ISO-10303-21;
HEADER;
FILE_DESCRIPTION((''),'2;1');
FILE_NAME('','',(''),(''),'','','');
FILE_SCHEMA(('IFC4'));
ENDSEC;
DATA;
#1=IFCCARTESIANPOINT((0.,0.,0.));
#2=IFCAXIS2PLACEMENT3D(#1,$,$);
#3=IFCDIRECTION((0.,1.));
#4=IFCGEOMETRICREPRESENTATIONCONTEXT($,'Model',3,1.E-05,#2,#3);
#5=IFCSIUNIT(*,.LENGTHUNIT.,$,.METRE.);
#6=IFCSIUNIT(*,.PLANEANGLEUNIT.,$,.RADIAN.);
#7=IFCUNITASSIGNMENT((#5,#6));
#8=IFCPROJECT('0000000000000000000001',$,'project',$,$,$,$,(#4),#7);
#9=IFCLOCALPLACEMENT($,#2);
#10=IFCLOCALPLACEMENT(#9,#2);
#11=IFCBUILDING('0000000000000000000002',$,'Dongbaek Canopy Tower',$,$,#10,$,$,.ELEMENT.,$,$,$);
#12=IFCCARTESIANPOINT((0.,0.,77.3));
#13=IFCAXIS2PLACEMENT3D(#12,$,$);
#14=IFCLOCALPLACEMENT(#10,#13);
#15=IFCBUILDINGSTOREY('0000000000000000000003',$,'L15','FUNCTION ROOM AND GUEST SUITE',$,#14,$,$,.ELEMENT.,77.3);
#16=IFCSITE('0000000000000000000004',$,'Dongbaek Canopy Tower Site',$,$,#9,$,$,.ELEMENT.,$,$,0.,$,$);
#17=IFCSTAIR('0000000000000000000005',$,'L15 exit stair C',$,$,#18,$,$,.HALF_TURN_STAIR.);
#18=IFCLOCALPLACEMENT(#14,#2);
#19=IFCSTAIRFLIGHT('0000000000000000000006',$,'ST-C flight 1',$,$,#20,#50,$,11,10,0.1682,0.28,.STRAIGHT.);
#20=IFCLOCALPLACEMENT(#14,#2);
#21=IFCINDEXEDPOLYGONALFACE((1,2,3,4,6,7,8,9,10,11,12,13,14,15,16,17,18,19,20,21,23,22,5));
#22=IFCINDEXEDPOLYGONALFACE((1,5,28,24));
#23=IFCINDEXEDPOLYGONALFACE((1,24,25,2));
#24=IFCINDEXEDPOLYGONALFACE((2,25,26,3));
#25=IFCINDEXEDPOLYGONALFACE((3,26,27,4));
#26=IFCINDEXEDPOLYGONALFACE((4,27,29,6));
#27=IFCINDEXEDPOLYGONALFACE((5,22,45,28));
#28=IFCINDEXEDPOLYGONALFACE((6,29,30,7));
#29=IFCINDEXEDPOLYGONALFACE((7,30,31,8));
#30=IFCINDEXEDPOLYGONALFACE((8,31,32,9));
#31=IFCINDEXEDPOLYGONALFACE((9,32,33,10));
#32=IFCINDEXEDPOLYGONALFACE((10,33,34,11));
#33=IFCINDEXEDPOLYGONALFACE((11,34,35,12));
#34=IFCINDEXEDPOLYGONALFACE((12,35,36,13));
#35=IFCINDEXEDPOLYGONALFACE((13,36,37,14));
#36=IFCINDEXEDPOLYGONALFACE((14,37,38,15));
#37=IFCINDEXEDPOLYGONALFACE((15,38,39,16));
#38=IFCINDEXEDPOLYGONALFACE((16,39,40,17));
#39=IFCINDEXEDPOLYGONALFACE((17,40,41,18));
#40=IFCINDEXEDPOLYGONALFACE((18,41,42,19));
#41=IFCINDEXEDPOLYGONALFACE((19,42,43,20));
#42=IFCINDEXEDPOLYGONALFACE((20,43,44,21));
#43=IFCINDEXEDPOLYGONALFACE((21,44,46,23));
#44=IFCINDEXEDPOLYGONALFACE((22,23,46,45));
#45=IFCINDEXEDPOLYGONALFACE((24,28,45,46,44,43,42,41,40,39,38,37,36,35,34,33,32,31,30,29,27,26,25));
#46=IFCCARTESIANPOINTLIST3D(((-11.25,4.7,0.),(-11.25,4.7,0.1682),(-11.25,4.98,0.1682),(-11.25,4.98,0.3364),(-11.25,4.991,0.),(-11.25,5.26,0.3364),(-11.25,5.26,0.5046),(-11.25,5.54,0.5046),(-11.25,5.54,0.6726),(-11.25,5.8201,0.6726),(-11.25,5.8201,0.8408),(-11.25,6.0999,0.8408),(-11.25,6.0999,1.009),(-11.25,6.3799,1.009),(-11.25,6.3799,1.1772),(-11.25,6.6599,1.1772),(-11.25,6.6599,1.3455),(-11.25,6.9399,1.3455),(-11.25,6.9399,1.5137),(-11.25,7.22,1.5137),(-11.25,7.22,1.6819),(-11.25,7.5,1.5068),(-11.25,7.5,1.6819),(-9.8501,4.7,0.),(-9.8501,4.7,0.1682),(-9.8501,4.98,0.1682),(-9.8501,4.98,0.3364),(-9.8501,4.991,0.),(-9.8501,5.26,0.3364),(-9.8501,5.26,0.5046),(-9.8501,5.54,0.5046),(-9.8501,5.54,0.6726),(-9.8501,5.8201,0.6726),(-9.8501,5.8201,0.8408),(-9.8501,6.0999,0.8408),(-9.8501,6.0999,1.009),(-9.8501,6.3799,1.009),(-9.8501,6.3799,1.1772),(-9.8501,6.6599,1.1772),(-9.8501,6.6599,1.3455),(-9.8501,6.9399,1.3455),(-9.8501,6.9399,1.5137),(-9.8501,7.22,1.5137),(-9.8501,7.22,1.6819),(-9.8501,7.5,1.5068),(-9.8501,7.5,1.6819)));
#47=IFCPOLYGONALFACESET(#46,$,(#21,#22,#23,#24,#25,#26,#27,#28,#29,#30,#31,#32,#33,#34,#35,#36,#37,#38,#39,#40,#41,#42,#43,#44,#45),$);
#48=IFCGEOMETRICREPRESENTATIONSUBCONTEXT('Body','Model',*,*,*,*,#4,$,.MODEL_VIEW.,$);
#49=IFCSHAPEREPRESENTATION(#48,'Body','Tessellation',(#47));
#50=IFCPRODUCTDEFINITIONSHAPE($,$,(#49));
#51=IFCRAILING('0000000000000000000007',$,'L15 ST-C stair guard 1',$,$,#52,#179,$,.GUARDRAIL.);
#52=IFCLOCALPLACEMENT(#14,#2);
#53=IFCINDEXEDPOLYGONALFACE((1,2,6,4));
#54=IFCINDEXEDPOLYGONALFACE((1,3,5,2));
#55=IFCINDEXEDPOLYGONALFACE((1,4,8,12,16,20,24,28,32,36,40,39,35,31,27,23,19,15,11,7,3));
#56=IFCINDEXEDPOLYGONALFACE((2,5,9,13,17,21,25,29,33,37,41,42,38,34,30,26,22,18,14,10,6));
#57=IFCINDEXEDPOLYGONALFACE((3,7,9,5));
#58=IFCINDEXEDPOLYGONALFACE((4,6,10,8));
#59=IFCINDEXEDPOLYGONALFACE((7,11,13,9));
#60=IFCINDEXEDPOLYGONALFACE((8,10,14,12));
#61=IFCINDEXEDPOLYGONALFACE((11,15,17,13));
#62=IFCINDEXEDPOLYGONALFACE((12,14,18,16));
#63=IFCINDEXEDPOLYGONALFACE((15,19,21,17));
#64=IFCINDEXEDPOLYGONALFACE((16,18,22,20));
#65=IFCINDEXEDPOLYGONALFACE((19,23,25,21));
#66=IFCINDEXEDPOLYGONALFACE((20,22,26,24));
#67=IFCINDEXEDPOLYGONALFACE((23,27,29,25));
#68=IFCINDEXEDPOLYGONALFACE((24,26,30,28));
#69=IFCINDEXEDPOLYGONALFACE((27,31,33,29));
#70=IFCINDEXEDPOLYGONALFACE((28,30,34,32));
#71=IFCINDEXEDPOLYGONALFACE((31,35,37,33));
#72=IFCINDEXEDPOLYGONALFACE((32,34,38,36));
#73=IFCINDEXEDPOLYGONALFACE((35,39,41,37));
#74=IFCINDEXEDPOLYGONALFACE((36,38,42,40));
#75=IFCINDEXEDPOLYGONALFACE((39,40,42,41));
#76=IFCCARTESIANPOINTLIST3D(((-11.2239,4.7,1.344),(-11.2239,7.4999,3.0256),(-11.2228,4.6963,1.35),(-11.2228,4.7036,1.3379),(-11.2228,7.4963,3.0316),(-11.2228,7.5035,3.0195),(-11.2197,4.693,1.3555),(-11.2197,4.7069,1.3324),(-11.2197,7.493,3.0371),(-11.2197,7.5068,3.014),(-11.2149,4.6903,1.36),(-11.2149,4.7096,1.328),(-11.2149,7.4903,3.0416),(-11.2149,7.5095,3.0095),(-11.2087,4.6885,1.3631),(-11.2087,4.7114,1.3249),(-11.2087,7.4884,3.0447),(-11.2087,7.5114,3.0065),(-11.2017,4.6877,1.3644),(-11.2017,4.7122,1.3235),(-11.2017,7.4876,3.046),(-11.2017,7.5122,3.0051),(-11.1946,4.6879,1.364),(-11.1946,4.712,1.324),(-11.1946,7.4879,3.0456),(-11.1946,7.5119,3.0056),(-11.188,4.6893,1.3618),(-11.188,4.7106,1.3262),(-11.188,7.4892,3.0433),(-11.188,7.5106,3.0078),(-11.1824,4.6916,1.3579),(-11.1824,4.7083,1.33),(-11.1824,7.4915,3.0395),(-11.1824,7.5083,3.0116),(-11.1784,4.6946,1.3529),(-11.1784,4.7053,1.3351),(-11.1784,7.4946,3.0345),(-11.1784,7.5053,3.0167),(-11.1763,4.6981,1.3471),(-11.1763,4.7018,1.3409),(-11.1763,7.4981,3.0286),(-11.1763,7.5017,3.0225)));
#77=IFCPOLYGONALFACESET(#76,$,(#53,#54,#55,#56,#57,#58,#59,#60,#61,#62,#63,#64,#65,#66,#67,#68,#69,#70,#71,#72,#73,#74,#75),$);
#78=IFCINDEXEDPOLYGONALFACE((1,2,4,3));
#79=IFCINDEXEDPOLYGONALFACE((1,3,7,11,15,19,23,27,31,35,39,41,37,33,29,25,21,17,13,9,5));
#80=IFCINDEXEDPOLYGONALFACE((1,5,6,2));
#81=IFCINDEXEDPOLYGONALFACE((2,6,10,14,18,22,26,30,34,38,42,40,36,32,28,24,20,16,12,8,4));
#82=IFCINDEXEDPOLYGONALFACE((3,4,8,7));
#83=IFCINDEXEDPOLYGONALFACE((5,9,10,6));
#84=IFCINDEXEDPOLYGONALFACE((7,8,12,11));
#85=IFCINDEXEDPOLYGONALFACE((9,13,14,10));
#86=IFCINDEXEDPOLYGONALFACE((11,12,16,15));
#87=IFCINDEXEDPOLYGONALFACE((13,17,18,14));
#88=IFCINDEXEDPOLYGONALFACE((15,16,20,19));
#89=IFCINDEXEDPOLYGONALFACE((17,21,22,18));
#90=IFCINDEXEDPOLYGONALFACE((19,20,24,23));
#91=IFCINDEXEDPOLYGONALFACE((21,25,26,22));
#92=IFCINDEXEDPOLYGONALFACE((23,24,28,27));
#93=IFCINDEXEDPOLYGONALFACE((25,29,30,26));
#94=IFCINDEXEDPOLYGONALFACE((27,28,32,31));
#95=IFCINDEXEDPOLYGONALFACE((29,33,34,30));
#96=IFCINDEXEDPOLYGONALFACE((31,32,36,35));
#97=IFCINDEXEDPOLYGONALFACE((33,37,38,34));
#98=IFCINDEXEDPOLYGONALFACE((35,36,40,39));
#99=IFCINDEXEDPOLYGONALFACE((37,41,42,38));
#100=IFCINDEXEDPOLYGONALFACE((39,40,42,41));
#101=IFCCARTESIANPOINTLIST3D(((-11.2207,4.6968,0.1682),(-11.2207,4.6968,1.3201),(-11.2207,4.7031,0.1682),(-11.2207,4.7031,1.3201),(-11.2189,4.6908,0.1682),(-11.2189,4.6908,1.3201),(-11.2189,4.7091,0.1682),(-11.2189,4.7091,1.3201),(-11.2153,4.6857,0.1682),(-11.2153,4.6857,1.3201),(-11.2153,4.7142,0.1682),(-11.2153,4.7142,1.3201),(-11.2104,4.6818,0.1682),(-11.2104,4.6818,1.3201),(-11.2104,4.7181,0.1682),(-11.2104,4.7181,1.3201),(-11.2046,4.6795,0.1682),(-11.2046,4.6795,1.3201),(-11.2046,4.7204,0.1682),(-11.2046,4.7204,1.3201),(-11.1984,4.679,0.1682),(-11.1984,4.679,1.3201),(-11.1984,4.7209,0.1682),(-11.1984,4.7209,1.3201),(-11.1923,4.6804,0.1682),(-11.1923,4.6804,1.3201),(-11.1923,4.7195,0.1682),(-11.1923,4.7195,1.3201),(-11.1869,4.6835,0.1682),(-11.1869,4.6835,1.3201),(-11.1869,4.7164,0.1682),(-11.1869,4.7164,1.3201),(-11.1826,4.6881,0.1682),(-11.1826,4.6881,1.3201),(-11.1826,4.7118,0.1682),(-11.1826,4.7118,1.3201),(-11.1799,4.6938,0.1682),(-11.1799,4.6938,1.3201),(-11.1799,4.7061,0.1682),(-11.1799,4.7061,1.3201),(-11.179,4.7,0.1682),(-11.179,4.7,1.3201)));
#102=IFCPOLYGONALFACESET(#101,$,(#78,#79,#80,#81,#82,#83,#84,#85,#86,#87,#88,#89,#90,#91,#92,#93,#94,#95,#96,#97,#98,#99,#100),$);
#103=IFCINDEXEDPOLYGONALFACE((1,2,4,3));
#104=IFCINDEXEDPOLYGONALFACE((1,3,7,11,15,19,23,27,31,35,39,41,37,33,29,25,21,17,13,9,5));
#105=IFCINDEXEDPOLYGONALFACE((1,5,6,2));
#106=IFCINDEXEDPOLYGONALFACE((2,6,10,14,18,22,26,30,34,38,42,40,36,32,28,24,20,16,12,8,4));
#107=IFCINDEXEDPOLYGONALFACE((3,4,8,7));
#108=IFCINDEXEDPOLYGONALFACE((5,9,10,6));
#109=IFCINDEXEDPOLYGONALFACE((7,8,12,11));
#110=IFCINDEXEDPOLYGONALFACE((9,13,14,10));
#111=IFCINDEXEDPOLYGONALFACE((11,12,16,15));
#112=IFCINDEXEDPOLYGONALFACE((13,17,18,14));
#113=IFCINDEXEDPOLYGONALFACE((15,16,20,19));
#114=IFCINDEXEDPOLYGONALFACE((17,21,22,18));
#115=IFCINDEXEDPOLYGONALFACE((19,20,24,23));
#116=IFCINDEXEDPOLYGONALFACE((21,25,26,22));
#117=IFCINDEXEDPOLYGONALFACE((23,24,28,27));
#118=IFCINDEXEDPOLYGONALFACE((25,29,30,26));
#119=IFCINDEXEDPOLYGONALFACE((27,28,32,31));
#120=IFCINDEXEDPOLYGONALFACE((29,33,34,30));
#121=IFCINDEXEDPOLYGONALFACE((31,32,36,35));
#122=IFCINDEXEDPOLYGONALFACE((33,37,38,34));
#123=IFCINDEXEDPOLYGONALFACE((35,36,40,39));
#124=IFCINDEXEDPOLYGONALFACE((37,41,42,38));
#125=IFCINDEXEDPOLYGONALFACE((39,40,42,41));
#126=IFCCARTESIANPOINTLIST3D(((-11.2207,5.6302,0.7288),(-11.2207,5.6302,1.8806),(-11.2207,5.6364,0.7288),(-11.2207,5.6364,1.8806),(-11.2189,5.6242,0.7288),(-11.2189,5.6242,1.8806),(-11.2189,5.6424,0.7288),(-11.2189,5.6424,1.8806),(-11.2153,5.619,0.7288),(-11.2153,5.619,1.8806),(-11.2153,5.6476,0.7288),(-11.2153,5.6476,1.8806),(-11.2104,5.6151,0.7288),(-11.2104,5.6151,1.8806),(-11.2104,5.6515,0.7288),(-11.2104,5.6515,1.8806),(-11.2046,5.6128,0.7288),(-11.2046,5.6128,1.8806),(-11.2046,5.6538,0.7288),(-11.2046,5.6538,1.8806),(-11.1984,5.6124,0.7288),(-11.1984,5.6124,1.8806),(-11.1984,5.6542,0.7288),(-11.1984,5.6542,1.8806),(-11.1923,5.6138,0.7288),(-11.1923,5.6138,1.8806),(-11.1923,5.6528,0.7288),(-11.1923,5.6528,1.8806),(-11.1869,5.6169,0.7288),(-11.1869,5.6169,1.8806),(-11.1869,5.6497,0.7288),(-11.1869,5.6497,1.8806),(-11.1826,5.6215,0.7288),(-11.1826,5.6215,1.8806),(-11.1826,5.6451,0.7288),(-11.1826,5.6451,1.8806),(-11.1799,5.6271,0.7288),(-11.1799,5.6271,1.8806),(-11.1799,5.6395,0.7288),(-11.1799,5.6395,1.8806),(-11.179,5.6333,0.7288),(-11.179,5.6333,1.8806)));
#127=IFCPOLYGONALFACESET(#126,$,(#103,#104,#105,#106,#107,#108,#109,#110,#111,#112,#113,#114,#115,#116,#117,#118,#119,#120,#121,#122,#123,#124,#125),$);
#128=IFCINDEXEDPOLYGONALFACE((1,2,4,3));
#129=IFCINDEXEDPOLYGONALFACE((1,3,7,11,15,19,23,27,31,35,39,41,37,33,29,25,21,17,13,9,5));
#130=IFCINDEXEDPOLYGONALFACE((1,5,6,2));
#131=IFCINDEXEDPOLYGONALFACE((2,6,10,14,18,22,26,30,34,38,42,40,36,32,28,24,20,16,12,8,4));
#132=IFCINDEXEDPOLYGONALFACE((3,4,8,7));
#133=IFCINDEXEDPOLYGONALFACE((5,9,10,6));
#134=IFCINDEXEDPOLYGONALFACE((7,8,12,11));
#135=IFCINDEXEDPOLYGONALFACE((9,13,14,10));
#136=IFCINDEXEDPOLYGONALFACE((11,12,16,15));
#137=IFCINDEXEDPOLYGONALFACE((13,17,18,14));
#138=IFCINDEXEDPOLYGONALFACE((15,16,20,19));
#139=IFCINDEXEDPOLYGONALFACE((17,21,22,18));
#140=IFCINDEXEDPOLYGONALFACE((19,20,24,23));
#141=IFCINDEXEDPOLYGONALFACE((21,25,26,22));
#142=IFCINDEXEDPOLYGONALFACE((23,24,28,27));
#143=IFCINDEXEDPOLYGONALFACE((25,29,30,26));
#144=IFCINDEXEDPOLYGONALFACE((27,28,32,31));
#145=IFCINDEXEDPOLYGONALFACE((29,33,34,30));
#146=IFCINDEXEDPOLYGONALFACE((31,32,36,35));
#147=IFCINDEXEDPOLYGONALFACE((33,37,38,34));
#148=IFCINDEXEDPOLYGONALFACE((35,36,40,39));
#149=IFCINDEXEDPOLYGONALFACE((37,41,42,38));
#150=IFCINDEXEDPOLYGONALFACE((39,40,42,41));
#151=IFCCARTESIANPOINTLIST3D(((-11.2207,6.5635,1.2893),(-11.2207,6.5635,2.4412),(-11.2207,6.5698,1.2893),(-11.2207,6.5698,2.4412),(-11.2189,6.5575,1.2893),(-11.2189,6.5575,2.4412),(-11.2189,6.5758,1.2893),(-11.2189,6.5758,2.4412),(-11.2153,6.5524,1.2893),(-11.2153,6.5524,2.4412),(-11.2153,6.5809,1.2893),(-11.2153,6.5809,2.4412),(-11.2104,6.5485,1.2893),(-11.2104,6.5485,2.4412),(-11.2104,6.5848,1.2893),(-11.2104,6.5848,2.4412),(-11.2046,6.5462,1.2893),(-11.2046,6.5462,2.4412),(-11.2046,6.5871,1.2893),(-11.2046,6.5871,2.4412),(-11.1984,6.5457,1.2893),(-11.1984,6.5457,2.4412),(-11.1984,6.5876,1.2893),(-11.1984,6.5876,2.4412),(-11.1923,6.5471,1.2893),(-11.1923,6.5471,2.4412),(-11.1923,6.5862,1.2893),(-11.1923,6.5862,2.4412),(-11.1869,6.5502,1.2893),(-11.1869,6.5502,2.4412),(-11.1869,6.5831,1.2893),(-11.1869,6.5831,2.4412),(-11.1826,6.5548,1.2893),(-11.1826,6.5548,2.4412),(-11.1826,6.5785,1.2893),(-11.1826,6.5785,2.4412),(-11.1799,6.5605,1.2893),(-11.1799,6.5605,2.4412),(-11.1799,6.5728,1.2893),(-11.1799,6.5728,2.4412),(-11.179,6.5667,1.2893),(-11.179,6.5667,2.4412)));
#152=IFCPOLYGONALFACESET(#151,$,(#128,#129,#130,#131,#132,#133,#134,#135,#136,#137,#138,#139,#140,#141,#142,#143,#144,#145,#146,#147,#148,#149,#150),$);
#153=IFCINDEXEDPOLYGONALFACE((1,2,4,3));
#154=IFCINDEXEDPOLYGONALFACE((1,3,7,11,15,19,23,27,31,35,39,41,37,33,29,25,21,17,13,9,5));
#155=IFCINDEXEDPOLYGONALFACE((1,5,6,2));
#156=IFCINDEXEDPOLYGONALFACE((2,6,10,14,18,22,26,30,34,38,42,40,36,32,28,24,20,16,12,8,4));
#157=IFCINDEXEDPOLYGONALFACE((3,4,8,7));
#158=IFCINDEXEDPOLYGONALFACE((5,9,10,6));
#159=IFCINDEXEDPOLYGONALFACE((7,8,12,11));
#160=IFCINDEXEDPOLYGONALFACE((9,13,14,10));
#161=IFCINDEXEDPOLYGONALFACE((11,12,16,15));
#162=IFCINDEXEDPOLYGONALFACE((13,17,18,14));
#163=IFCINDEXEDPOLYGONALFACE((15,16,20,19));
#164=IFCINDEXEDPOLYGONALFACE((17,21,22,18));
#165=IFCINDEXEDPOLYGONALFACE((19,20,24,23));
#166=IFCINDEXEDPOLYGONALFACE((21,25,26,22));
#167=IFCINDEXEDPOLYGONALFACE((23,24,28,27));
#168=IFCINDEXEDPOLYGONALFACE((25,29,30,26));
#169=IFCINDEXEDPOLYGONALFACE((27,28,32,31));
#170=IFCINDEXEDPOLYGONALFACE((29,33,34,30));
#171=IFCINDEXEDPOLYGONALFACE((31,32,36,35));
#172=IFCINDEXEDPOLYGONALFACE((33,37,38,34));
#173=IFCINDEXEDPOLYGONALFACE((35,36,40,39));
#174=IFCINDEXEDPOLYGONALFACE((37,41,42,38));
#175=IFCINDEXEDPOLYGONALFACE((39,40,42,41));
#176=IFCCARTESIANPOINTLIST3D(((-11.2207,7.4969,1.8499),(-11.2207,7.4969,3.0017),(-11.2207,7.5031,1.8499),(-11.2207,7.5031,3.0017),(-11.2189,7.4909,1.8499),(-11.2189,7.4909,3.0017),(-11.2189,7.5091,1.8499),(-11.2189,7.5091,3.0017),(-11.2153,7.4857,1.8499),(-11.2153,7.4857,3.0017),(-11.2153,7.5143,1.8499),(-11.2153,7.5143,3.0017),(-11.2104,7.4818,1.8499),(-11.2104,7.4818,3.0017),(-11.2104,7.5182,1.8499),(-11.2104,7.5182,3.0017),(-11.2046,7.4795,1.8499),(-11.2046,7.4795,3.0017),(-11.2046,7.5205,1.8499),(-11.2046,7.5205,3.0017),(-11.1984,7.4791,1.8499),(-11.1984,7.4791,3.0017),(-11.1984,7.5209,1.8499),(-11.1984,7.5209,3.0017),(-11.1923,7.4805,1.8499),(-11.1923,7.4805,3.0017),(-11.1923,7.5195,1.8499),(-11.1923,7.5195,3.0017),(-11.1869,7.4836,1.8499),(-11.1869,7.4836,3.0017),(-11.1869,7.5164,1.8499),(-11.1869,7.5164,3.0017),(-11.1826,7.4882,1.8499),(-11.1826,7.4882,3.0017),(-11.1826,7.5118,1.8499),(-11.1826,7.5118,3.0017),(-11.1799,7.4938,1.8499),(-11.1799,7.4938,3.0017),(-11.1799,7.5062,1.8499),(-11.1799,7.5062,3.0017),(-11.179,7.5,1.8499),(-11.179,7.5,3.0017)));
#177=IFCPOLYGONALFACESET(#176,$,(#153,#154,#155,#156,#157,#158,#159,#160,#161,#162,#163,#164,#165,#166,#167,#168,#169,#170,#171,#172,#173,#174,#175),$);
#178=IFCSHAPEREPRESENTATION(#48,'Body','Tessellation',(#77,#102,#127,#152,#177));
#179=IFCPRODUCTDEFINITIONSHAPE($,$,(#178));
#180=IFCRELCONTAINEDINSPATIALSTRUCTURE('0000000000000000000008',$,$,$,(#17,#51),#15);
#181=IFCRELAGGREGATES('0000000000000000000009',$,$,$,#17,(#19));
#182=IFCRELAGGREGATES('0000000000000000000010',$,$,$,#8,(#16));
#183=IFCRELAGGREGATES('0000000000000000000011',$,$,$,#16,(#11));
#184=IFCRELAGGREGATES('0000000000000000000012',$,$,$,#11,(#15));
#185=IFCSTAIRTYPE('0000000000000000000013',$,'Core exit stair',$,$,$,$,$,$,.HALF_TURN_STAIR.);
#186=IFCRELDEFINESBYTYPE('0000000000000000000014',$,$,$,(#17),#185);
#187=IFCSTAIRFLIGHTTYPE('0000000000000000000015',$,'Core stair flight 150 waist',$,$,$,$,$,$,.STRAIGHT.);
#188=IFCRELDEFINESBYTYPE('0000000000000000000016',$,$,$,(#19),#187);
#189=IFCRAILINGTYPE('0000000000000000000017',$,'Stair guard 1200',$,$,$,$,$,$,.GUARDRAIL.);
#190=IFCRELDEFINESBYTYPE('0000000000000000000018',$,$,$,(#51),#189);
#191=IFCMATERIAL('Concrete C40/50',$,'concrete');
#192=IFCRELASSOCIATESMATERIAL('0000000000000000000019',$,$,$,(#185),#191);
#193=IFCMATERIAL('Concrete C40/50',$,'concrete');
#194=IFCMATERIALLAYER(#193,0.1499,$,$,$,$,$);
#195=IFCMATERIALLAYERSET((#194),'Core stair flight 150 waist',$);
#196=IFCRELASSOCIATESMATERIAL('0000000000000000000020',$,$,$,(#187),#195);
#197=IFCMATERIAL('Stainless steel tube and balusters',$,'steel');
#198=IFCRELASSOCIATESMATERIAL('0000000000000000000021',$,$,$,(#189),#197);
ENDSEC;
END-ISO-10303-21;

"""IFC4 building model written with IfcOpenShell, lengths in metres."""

from ifc_helpers import new_model, si_unit, direction, frame, origin, origin_2d, place, context, subcontext, project, spatial, polyline, circle, outline, extrude, material, layer, layer_set, type_object, element, aggregate, save


model = new_model("IFC4")

# Units and contexts
model_context = context("Model", 3, precision=1e-05, world=origin(), true_north=direction((0.0, 1.0)))
body_context = subcontext(model_context, "Body", "Model", "MODEL_VIEW")
ifc_project = project(units=[si_unit("LENGTHUNIT", "METRE"), si_unit("PLANEANGLEUNIT", "RADIAN")], contexts=[model_context])

# Site, building, storey
site_placement = place(None, origin())
site = spatial("IfcSite", under=ifc_project, at=site_placement, Name="Dongbaek Canopy Tower Site", CompositionType="ELEMENT", RefElevation=0.0)
building_placement = place(site_placement, origin())
building = spatial("IfcBuilding", under=site, at=building_placement, Name="Dongbaek Canopy Tower", CompositionType="ELEMENT")
storey_placement = place(building_placement, frame((0.0, 0.0, 77.3)))
storey = spatial("IfcBuildingStorey", under=building, at=storey_placement, Name="L15", Description="FUNCTION ROOM AND GUEST SUITE", CompositionType="ELEMENT", Elevation=77.3)

# Stair, stair flight
ifc_material_1 = material(Name="Concrete C40/50", Category="concrete")
stair_type = type_object("IfcStairType", Name="Core exit stair", PredefinedType="HALF_TURN_STAIR", material=ifc_material_1)
stair_placement = place(storey_placement, origin())
stair = element("IfcStair", 1, at=stair_placement, inside=storey, type_object=stair_type, Name="L15 exit stair C", PredefinedType="HALF_TURN_STAIR")
ifc_material_2 = material(Name="Concrete C40/50", Category="concrete")
ifc_layer_1 = layer(ifc_material_2, 0.1499)
ifc_layer_set_1 = layer_set([ifc_layer_1], Name="Core stair flight 150 waist")
stair_flight_type = type_object("IfcStairFlightType", Name="Core stair flight 150 waist", PredefinedType="STRAIGHT", material=ifc_layer_set_1)
stair_flight_placement = place(storey_placement, frame((-10.55, 4.7, 0.0), z_axis=(0.0, 0.0, 1.0), x_axis=(0.0, 1.0, 0.0)))
stair_flight = element("IfcStairFlight", 2, at=stair_flight_placement, type_object=stair_flight_type, Name="ST-C flight 1", NumberOfRisers=11, NumberOfTreads=10, PredefinedType="STRAIGHT", RiserHeight=0.1682, TreadLength=0.28, context=body_context, shape_type="SweptSolid", body=[
    extrude(outline(polyline([(0.0, 0.0), (0.0, 0.1682), (0.28, 0.1682), (0.28, 0.3364), (0.5601, 0.3364), (0.5601, 0.5046), (0.8401, 0.5046), (0.8401, 0.6726), (1.1201, 0.6726), (1.1201, 0.8408), (1.3999, 0.8408), (1.3999, 1.009), (1.6799, 1.009), (1.6799, 1.1772), (1.96, 1.1772), (1.96, 1.3455), (2.24, 1.3455), (2.24, 1.5137), (2.52, 1.5137), (2.52, 1.6819), (2.8, 1.6819), (2.8, 1.8501), (2.8, 1.5068), (0.291, 0.0), (0.0, 0.0)])), frame((0.0, 0.7, 0.0), z_axis=(0.0, -1.0, 0.0), x_axis=(1.0, 0.0, 0.0)), (0.0, 0.0, 1.0), 1.3999),
])
aggregate(stair, [stair_flight])

# Railing
ifc_material_3 = material(Name="Stainless steel tube and balusters", Category="steel")
railing_type_1 = type_object("IfcRailingType", Name="Stair guard 1200", PredefinedType="GUARDRAIL", material=ifc_material_3)
railing_1_placement = place(storey_placement, frame((-11.2, 4.7, 0.1682)))
element("IfcRailing", 3, at=railing_1_placement, inside=storey, type_object=railing_type_1, Name="L15 ST-C stair guard 1", PredefinedType="GUARDRAIL", context=body_context, shape_type="SweptSolid", body=[
    extrude(circle(Radius=0.0239, at=origin_2d()), frame((0.0, 0.0, 1.1758), z_axis=(0.0, 0.857275, 0.514858), x_axis=(-1.0, 0.0, 0.0)), (0.0, 0.0, 1.0), 3.2661),
    extrude(circle(Radius=0.021, at=origin_2d()), origin(), (0.0, 0.0, 1.0), 1.1519),
    extrude(circle(Radius=0.021, at=origin_2d()), frame((0.0, 0.9333, 0.5605)), (0.0, 0.0, 1.0), 1.1519),
    extrude(circle(Radius=0.021, at=origin_2d()), frame((0.0, 1.8667, 1.1211)), (0.0, 0.0, 1.0), 1.1519),
    extrude(circle(Radius=0.021, at=origin_2d()), frame((0.0, 2.8, 1.6816)), (0.0, 0.0, 1.0), 1.1519),
])

save(model, "model.ifc")
